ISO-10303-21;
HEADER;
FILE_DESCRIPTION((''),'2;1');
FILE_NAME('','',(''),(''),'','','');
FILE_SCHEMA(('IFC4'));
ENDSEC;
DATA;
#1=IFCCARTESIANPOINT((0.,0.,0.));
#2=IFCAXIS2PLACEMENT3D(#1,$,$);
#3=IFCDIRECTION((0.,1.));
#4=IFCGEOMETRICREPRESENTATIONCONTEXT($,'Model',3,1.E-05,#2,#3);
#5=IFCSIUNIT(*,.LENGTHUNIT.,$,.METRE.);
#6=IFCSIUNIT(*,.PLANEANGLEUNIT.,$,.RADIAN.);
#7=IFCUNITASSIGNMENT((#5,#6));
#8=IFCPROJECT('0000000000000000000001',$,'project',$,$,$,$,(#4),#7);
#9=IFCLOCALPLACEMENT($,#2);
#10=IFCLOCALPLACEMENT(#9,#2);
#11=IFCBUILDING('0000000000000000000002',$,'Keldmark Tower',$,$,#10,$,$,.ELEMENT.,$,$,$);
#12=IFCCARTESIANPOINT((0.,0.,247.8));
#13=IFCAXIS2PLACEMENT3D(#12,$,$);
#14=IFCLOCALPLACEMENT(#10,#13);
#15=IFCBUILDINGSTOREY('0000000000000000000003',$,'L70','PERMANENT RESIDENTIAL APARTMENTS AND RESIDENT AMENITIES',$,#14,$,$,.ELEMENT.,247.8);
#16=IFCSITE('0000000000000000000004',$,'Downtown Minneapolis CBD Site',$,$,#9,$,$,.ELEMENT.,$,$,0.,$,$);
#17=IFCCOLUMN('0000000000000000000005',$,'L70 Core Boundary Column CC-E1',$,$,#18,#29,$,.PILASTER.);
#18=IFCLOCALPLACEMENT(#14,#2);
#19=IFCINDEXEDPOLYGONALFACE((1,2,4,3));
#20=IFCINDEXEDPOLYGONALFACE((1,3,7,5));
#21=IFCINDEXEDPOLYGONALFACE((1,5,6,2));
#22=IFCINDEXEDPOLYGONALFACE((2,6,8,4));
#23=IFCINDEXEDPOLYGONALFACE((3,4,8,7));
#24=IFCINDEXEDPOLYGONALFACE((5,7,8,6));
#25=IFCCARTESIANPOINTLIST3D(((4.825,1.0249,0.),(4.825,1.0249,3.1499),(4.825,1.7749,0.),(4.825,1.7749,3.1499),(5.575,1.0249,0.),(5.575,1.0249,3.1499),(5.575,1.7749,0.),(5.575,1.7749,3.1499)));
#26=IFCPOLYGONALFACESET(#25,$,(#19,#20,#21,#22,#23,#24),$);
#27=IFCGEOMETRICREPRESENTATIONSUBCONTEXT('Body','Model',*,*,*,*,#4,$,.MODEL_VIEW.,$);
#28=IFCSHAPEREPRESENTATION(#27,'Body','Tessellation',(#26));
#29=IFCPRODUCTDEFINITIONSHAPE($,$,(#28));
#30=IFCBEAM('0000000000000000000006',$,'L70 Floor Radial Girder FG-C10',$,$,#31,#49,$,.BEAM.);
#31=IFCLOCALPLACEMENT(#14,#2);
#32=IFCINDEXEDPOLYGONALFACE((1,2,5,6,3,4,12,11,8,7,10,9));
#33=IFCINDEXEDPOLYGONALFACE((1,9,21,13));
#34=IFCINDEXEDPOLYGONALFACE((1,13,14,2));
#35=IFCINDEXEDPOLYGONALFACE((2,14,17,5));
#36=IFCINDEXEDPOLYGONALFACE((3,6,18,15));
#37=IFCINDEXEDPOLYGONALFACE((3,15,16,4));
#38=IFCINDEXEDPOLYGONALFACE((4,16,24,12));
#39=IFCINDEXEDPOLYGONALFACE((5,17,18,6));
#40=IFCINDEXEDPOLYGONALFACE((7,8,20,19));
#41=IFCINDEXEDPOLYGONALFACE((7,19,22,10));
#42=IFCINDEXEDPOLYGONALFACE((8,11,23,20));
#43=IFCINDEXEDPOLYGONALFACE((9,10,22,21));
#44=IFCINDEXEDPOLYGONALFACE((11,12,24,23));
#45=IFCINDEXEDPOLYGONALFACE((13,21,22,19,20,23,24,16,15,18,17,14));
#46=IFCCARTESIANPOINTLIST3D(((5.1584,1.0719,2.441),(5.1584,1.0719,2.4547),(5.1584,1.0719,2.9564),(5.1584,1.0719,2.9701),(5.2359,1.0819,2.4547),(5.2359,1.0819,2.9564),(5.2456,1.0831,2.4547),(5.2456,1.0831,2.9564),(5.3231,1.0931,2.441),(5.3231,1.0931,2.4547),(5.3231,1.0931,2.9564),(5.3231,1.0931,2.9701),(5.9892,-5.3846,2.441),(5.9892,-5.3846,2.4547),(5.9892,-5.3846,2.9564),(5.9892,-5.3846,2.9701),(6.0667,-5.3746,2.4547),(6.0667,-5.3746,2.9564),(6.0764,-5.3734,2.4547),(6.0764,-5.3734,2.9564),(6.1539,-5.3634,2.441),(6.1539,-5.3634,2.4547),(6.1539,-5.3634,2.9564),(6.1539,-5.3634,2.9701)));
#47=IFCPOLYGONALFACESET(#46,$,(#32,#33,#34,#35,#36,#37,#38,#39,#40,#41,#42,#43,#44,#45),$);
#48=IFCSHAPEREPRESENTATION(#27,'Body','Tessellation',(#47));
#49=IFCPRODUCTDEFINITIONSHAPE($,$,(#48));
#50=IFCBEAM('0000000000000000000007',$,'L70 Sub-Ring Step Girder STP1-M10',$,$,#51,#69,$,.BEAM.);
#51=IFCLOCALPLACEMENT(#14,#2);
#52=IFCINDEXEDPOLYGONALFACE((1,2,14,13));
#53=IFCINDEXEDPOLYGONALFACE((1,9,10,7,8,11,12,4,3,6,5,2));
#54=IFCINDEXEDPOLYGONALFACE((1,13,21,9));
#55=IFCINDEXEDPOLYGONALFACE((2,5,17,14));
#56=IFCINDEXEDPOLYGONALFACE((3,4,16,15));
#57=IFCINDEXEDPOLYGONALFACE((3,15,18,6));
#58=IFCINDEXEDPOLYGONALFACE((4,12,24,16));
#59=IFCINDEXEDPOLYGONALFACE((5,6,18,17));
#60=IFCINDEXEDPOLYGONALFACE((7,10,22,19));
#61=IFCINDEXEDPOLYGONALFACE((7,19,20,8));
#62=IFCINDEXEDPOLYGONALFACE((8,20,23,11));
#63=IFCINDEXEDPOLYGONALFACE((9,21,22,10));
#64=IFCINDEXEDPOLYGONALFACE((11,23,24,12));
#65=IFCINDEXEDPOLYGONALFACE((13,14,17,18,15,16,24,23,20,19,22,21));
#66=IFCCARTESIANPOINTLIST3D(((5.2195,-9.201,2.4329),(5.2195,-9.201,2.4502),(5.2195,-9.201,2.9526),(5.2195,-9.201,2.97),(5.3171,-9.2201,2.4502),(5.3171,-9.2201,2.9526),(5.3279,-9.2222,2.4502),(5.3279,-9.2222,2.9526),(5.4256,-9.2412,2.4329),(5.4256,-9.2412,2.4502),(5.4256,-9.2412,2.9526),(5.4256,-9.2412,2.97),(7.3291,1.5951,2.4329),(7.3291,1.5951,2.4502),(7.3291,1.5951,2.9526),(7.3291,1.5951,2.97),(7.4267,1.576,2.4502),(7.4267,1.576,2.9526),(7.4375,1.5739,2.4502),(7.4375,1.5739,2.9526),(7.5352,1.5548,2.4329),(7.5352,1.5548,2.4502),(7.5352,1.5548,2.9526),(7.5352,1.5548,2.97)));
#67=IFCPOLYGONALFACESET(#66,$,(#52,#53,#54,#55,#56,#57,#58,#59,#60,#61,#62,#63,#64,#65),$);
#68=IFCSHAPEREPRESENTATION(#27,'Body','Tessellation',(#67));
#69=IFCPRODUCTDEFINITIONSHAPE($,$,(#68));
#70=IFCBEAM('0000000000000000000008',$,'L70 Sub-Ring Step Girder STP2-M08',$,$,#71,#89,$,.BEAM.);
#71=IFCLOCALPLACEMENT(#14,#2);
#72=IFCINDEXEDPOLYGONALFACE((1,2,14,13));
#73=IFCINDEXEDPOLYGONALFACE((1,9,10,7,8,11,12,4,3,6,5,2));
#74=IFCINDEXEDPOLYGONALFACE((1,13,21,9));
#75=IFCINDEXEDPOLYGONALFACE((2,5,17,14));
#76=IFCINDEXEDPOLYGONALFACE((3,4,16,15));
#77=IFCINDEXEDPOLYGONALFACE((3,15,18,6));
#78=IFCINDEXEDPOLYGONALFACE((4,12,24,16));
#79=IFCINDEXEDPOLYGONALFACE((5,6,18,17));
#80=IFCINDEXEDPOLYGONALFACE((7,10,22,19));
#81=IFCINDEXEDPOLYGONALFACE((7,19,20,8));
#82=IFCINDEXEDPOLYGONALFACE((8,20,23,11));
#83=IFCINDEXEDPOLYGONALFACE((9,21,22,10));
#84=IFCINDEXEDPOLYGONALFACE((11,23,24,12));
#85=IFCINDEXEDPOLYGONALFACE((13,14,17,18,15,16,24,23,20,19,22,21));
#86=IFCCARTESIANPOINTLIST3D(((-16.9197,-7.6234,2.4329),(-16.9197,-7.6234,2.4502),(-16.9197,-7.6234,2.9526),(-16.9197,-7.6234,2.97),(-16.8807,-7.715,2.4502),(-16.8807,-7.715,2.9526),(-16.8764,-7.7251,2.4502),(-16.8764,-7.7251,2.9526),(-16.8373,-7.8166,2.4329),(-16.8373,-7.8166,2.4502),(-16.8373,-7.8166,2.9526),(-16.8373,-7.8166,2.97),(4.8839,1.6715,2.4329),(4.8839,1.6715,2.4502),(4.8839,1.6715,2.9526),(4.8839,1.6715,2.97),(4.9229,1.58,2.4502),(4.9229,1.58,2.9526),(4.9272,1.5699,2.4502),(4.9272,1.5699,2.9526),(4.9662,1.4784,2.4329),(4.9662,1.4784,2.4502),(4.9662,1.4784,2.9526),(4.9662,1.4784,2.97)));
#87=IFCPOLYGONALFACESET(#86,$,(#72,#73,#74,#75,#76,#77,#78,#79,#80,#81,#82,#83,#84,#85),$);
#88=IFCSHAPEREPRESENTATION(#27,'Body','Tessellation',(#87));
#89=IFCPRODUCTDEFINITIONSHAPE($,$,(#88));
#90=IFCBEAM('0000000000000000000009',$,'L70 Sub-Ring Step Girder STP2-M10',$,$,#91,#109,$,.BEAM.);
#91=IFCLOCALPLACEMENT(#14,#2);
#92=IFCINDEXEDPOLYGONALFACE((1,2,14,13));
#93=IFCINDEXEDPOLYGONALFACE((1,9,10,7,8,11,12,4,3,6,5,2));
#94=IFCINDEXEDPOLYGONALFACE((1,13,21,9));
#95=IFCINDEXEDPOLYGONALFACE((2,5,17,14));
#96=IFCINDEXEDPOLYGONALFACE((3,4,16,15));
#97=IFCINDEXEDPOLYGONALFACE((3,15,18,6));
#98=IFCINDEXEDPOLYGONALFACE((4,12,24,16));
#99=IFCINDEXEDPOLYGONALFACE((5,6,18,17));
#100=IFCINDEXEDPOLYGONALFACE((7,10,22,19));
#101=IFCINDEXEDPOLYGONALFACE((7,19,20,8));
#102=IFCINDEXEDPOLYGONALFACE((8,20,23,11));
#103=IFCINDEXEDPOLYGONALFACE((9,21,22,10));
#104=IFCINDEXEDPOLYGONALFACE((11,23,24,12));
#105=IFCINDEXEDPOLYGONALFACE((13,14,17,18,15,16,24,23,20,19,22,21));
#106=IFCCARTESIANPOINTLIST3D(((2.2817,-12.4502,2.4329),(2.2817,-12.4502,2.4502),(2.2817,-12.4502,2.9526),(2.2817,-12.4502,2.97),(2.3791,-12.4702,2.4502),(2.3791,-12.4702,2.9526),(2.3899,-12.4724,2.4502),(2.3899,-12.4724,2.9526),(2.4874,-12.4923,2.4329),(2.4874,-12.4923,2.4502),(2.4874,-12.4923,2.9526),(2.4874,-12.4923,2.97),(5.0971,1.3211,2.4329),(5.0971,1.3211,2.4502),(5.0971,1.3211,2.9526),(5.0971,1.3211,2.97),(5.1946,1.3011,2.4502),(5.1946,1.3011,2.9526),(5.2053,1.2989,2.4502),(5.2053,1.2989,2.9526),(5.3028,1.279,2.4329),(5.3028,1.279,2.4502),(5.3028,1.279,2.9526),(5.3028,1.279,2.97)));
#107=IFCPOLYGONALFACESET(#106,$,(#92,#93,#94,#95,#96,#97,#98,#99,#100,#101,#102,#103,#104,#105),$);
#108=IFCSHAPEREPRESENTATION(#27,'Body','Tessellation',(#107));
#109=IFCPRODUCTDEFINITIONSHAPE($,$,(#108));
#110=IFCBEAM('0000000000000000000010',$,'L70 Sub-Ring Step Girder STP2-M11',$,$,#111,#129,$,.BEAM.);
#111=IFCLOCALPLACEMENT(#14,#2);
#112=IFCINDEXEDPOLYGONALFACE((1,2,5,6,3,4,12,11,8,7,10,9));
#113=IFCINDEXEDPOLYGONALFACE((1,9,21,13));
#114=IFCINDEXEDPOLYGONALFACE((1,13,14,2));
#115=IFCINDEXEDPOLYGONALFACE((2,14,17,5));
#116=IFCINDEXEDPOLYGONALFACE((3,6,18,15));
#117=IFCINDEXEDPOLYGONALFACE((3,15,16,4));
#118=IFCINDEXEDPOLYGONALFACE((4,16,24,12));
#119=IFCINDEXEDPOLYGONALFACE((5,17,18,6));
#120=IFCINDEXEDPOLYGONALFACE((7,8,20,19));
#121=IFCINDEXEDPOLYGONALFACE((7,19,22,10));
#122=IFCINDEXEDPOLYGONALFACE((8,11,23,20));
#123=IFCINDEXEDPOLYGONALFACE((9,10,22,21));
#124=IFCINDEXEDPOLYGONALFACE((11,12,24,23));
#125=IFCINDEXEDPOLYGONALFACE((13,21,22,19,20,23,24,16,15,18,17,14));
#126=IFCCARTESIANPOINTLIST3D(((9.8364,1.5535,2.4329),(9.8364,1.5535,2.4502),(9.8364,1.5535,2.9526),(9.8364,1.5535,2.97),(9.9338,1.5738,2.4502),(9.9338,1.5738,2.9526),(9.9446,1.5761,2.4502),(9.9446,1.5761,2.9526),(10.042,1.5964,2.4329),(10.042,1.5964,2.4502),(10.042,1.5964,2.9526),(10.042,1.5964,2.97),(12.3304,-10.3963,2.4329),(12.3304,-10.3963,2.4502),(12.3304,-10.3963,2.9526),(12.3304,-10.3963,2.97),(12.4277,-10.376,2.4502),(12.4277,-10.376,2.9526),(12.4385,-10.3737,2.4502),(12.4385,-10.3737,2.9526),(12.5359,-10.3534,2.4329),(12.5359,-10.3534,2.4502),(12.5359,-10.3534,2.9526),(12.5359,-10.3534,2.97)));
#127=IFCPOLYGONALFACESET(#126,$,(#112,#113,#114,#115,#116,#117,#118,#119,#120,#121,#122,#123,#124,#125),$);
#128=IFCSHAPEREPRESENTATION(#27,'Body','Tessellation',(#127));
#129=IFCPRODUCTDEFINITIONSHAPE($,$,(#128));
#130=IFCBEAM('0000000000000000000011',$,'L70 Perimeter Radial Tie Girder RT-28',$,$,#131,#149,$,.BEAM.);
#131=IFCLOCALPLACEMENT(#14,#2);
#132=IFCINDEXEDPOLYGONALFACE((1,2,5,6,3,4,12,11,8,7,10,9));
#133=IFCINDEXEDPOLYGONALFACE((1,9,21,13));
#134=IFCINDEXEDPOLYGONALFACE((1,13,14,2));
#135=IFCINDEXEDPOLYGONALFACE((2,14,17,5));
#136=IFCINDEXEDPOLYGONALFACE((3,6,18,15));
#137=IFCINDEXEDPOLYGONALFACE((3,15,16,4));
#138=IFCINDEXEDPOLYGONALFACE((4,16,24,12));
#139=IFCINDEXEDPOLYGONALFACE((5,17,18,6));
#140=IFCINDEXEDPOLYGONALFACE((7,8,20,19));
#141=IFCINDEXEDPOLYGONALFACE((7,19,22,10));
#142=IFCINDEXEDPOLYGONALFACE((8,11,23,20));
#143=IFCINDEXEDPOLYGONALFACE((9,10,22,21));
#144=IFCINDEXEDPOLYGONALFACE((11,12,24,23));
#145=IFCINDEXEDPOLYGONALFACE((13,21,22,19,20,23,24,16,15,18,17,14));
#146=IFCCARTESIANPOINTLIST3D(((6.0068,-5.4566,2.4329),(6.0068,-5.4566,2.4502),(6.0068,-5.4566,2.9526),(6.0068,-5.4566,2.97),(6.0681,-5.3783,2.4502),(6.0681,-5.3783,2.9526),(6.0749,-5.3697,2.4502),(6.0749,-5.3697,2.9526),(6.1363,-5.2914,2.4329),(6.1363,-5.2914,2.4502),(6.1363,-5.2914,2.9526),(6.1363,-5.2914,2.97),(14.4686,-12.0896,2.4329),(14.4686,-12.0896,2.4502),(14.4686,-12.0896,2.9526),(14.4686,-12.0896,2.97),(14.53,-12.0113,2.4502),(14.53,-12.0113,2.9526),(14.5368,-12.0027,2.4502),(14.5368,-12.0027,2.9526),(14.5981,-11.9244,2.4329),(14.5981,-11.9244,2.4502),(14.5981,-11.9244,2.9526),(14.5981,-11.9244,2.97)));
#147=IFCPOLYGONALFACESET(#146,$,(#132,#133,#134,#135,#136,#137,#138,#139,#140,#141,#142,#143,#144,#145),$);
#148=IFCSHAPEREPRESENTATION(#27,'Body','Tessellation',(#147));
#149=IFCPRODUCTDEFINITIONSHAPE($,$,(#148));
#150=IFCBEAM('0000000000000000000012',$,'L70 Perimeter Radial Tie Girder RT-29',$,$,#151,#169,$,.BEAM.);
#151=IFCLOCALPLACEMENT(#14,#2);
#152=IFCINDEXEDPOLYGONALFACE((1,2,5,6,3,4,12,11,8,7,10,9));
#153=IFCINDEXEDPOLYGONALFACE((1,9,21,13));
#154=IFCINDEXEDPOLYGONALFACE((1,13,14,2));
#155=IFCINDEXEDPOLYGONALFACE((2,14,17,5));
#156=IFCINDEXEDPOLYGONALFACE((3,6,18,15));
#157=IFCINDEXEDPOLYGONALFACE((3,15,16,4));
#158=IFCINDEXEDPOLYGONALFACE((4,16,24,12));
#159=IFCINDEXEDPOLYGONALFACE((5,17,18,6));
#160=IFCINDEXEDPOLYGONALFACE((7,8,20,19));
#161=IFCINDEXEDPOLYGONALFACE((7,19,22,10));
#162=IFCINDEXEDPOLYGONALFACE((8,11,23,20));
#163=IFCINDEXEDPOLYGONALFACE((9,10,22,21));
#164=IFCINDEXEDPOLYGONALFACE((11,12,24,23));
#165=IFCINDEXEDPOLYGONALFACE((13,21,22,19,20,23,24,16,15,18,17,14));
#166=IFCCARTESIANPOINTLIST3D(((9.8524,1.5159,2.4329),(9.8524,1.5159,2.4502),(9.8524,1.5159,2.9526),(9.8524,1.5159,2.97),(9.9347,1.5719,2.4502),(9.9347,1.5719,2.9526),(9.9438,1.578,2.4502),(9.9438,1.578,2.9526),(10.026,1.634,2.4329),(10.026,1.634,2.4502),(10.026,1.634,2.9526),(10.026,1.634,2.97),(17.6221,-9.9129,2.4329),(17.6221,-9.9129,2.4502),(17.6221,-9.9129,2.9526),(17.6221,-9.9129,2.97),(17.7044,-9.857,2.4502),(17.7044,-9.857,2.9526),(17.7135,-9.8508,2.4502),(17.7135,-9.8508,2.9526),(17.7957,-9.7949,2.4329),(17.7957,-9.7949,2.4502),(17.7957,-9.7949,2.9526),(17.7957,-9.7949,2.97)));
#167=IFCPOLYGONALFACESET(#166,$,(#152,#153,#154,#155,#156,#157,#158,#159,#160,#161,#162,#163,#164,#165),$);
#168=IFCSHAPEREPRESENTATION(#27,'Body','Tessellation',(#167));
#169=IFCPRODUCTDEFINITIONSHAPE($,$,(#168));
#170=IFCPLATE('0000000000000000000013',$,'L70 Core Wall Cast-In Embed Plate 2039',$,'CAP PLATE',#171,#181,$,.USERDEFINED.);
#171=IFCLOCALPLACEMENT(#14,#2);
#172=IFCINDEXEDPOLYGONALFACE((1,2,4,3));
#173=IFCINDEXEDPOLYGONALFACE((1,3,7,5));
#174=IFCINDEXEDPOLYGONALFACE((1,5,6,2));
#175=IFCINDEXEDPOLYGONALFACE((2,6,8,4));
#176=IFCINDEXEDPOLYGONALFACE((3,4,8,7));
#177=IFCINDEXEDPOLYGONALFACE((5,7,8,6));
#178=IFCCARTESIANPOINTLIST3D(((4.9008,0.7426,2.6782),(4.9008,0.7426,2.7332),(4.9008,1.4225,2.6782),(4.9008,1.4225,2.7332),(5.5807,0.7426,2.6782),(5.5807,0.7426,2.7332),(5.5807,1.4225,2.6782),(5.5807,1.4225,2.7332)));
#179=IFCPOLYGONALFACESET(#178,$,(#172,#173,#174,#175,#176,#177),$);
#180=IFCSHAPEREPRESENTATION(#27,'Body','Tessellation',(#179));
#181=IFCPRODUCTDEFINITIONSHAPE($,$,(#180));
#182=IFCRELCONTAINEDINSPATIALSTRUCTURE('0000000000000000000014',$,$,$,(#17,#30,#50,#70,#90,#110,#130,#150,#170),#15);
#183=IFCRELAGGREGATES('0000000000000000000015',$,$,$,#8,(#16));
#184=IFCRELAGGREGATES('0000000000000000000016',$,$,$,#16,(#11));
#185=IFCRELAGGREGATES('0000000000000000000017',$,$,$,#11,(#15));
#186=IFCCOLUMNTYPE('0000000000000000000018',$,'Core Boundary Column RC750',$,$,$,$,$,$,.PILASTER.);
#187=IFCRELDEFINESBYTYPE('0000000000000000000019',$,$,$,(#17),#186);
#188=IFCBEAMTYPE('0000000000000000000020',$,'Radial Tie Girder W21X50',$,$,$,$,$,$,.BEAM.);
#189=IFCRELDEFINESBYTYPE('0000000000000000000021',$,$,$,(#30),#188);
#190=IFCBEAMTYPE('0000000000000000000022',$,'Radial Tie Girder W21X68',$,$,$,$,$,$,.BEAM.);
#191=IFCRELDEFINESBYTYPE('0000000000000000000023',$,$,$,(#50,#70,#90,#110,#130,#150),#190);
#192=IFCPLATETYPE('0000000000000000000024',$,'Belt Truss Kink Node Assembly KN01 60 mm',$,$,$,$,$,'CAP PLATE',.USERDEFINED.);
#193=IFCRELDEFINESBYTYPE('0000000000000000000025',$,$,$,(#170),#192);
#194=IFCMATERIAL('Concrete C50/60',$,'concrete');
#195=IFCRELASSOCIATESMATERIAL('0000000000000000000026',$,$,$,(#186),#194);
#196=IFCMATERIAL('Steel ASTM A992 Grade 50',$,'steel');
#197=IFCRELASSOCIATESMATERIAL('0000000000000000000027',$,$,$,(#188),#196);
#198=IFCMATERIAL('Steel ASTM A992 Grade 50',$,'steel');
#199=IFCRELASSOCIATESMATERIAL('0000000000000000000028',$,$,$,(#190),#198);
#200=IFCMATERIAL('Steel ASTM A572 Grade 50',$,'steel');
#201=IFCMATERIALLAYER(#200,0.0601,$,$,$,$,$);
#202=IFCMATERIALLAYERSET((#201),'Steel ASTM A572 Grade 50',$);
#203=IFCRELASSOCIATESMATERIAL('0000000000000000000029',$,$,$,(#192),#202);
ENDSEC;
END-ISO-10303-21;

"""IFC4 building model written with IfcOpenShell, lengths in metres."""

from ifc_helpers import new_model, si_unit, direction, frame, origin, origin_2d, place, context, subcontext, project, spatial, rectangle, i_section, extrude, material, layer, layer_set, material_profile, profile_set, type_object, element, save


model = new_model("IFC4")

# Units and contexts
model_context = context("Model", 3, precision=1e-05, world=origin(), true_north=direction((0.0, 1.0)))
body_context = subcontext(model_context, "Body", "Model", "MODEL_VIEW")
ifc_project = project(units=[si_unit("LENGTHUNIT", "METRE"), si_unit("PLANEANGLEUNIT", "RADIAN")], contexts=[model_context])

# Site, building, storey
site_placement = place(None, origin())
site = spatial("IfcSite", under=ifc_project, at=site_placement, Name="Downtown Minneapolis CBD Site", CompositionType="ELEMENT", RefElevation=0.0)
building_placement = place(site_placement, origin())
building = spatial("IfcBuilding", under=site, at=building_placement, Name="Keldmark Tower", CompositionType="ELEMENT")
storey_placement = place(building_placement, frame((0.0, 0.0, 247.8)))
storey = spatial("IfcBuildingStorey", under=building, at=storey_placement, Name="L70", Description="PERMANENT RESIDENTIAL APARTMENTS AND RESIDENT AMENITIES", CompositionType="ELEMENT", Elevation=247.8)

# Column
ifc_material_1 = material(Name="Concrete C50/60", Category="concrete")
ifc_material_profile_1 = material_profile(ifc_material_1, rectangle(XDim=0.75, YDim=0.75, at=origin_2d()), Name="RC750X750")
ifc_profile_set_1 = profile_set([ifc_material_profile_1], Name="Concrete C50/60")
column_type = type_object("IfcColumnType", Name="Core Boundary Column RC750", PredefinedType="PILASTER", material=ifc_profile_set_1)
column_placement = place(storey_placement, frame((5.2, 1.3999, 0.0), z_axis=(0.0, 0.0, 1.0), x_axis=(1.0, 0.0, 0.0)))
element("IfcColumn", 1, at=column_placement, inside=storey, type_object=column_type, Name="L70 Core Boundary Column CC-E1", PredefinedType="PILASTER", context=body_context, shape_type="SweptSolid", body=[
    extrude(rectangle(XDim=0.75, YDim=0.75, at=origin_2d()), origin(), (0.0, 0.0, 1.0), 3.1499),
])

# Beams
ifc_material_2 = material(Name="Steel ASTM A992 Grade 50", Category="steel")
ifc_material_profile_2 = material_profile(ifc_material_2, i_section(OverallWidth=0.166, OverallDepth=0.5291, WebThickness=0.0098, FlangeThickness=0.0137, at=origin_2d()), Name="W21X50")
ifc_profile_set_2 = profile_set([ifc_material_profile_2], Name="Steel ASTM A992 Grade 50")
beam_type_1 = type_object("IfcBeamType", Name="Radial Tie Girder W21X50", PredefinedType="BEAM", material=ifc_profile_set_2)
beam_1_placement = place(storey_placement, frame((6.0715, -5.374, 2.7056), z_axis=(-0.127625, 0.991822, 0.0), x_axis=(-0.991822, -0.127625, 0.0)))
element("IfcBeam", 2, at=beam_1_placement, inside=storey, type_object=beam_type_1, Name="L70 Floor Radial Girder FG-C10", PredefinedType="BEAM", context=body_context, shape_type="SweptSolid", body=[
    extrude(i_section(OverallWidth=0.166, OverallDepth=0.5291, WebThickness=0.0098, FlangeThickness=0.0137, at=origin_2d()), origin(), (0.0, 0.0, 1.0), 6.5098),
])
ifc_material_3 = material(Name="Steel ASTM A992 Grade 50", Category="steel")
ifc_material_profile_3 = material_profile(ifc_material_3, i_section(OverallWidth=0.21, OverallDepth=0.5371, WebThickness=0.011, FlangeThickness=0.0173, at=origin_2d()), Name="W21X68")
ifc_profile_set_3 = profile_set([ifc_material_profile_3], Name="Steel ASTM A992 Grade 50")
beam_type_2 = type_object("IfcBeamType", Name="Radial Tie Girder W21X68", PredefinedType="BEAM", material=ifc_profile_set_3)
beam_2_placement = place(storey_placement, frame((7.4321, 1.575, 2.7014), z_axis=(-0.191778, -0.981438, 0.0), x_axis=(0.981438, -0.191778, 0.0)))
element("IfcBeam", 3, at=beam_2_placement, inside=storey, type_object=beam_type_2, Name="L70 Sub-Ring Step Girder STP1-M10", PredefinedType="BEAM", context=body_context, shape_type="SweptSolid", body=[
    extrude(i_section(OverallWidth=0.21, OverallDepth=0.5371, WebThickness=0.011, FlangeThickness=0.0173, at=origin_2d()), origin(), (0.0, 0.0, 1.0), 11.0002),
])
beam_3_placement = place(storey_placement, frame((4.925, 1.575, 2.7014), z_axis=(-0.919898, -0.392157, 0.0), x_axis=(0.392157, -0.919898, 0.0)))
element("IfcBeam", 4, at=beam_3_placement, inside=storey, type_object=beam_type_2, Name="L70 Sub-Ring Step Girder STP2-M08", PredefinedType="BEAM", context=body_context, shape_type="SweptSolid", body=[
    extrude(i_section(OverallWidth=0.21, OverallDepth=0.5371, WebThickness=0.011, FlangeThickness=0.0173, at=origin_2d()), origin(), (0.0, 0.0, 1.0), 23.7021),
])
beam_4_placement = place(storey_placement, frame((5.2, 1.3, 2.7014), z_axis=(-0.2003, -0.979735, 0.0), x_axis=(0.979735, -0.2003, 0.0)))
element("IfcBeam", 5, at=beam_4_placement, inside=storey, type_object=beam_type_2, Name="L70 Sub-Ring Step Girder STP2-M10", PredefinedType="BEAM", context=body_context, shape_type="SweptSolid", body=[
    extrude(i_section(OverallWidth=0.21, OverallDepth=0.5371, WebThickness=0.011, FlangeThickness=0.0173, at=origin_2d()), origin(), (0.0, 0.0, 1.0), 14.0562),
])
beam_5_placement = place(storey_placement, frame((9.9392, 1.575, 2.7014), z_axis=(0.204298, -0.978909, 0.0), x_axis=(0.978909, 0.204298, 0.0)))
element("IfcBeam", 6, at=beam_5_placement, inside=storey, type_object=beam_type_2, Name="L70 Sub-Ring Step Girder STP2-M11", PredefinedType="BEAM", context=body_context, shape_type="SweptSolid", body=[
    extrude(i_section(OverallWidth=0.21, OverallDepth=0.5371, WebThickness=0.011, FlangeThickness=0.0173, at=origin_2d()), origin(), (0.0, 0.0, 1.0), 12.2073),
])
beam_6_placement = place(storey_placement, frame((6.0715, -5.374, 2.7014), z_axis=(0.787022, -0.616925, 0.0), x_axis=(0.616925, 0.787022, 0.0)))
element("IfcBeam", 7, at=beam_6_placement, inside=storey, type_object=beam_type_2, Name="L70 Perimeter Radial Tie Girder RT-28", PredefinedType="BEAM", context=body_context, shape_type="SweptSolid", body=[
    extrude(i_section(OverallWidth=0.21, OverallDepth=0.5371, WebThickness=0.011, FlangeThickness=0.0173, at=origin_2d()), origin(), (0.0, 0.0, 1.0), 10.7517),
])
beam_7_placement = place(storey_placement, frame((9.9392, 1.575, 2.7014), z_axis=(0.562215, -0.826991, 0.0), x_axis=(0.826991, 0.562215, 0.0)))
element("IfcBeam", 8, at=beam_7_placement, inside=storey, type_object=beam_type_2, Name="L70 Perimeter Radial Tie Girder RT-29", PredefinedType="BEAM", context=body_context, shape_type="SweptSolid", body=[
    extrude(i_section(OverallWidth=0.21, OverallDepth=0.5371, WebThickness=0.011, FlangeThickness=0.0173, at=origin_2d()), origin(), (0.0, 0.0, 1.0), 13.8198),
])

# Plate
ifc_material_4 = material(Name="Steel ASTM A572 Grade 50", Category="steel")
ifc_layer_1 = layer(ifc_material_4, 0.0601)
ifc_layer_set_1 = layer_set([ifc_layer_1], Name="Steel ASTM A572 Grade 50")
plate_type = type_object("IfcPlateType", Name="Belt Truss Kink Node Assembly KN01 60 mm", ElementType="CAP PLATE", PredefinedType="USERDEFINED", material=ifc_layer_set_1)
for number, where, z_axis, x_axis, name in (
    (9, (5.2407, 1.0825, 2.6782), (0.0, 0.0, 1.0), (1.0, 0.0, 0.0), "L70 Core Wall Cast-In Embed Plate 2039"),
):
    element("IfcPlate", number, at=place(storey_placement, frame(where, z_axis=z_axis, x_axis=x_axis)), inside=storey, type_object=plate_type, Name=name, ObjectType="CAP PLATE", PredefinedType="USERDEFINED", context=body_context, shape_type="SweptSolid", body=[
        extrude(rectangle(XDim=0.6799, YDim=0.6799, at=origin_2d()), origin(), (0.0, 0.0, 1.0), 0.0549),
    ])

save(model, "model.ifc")
